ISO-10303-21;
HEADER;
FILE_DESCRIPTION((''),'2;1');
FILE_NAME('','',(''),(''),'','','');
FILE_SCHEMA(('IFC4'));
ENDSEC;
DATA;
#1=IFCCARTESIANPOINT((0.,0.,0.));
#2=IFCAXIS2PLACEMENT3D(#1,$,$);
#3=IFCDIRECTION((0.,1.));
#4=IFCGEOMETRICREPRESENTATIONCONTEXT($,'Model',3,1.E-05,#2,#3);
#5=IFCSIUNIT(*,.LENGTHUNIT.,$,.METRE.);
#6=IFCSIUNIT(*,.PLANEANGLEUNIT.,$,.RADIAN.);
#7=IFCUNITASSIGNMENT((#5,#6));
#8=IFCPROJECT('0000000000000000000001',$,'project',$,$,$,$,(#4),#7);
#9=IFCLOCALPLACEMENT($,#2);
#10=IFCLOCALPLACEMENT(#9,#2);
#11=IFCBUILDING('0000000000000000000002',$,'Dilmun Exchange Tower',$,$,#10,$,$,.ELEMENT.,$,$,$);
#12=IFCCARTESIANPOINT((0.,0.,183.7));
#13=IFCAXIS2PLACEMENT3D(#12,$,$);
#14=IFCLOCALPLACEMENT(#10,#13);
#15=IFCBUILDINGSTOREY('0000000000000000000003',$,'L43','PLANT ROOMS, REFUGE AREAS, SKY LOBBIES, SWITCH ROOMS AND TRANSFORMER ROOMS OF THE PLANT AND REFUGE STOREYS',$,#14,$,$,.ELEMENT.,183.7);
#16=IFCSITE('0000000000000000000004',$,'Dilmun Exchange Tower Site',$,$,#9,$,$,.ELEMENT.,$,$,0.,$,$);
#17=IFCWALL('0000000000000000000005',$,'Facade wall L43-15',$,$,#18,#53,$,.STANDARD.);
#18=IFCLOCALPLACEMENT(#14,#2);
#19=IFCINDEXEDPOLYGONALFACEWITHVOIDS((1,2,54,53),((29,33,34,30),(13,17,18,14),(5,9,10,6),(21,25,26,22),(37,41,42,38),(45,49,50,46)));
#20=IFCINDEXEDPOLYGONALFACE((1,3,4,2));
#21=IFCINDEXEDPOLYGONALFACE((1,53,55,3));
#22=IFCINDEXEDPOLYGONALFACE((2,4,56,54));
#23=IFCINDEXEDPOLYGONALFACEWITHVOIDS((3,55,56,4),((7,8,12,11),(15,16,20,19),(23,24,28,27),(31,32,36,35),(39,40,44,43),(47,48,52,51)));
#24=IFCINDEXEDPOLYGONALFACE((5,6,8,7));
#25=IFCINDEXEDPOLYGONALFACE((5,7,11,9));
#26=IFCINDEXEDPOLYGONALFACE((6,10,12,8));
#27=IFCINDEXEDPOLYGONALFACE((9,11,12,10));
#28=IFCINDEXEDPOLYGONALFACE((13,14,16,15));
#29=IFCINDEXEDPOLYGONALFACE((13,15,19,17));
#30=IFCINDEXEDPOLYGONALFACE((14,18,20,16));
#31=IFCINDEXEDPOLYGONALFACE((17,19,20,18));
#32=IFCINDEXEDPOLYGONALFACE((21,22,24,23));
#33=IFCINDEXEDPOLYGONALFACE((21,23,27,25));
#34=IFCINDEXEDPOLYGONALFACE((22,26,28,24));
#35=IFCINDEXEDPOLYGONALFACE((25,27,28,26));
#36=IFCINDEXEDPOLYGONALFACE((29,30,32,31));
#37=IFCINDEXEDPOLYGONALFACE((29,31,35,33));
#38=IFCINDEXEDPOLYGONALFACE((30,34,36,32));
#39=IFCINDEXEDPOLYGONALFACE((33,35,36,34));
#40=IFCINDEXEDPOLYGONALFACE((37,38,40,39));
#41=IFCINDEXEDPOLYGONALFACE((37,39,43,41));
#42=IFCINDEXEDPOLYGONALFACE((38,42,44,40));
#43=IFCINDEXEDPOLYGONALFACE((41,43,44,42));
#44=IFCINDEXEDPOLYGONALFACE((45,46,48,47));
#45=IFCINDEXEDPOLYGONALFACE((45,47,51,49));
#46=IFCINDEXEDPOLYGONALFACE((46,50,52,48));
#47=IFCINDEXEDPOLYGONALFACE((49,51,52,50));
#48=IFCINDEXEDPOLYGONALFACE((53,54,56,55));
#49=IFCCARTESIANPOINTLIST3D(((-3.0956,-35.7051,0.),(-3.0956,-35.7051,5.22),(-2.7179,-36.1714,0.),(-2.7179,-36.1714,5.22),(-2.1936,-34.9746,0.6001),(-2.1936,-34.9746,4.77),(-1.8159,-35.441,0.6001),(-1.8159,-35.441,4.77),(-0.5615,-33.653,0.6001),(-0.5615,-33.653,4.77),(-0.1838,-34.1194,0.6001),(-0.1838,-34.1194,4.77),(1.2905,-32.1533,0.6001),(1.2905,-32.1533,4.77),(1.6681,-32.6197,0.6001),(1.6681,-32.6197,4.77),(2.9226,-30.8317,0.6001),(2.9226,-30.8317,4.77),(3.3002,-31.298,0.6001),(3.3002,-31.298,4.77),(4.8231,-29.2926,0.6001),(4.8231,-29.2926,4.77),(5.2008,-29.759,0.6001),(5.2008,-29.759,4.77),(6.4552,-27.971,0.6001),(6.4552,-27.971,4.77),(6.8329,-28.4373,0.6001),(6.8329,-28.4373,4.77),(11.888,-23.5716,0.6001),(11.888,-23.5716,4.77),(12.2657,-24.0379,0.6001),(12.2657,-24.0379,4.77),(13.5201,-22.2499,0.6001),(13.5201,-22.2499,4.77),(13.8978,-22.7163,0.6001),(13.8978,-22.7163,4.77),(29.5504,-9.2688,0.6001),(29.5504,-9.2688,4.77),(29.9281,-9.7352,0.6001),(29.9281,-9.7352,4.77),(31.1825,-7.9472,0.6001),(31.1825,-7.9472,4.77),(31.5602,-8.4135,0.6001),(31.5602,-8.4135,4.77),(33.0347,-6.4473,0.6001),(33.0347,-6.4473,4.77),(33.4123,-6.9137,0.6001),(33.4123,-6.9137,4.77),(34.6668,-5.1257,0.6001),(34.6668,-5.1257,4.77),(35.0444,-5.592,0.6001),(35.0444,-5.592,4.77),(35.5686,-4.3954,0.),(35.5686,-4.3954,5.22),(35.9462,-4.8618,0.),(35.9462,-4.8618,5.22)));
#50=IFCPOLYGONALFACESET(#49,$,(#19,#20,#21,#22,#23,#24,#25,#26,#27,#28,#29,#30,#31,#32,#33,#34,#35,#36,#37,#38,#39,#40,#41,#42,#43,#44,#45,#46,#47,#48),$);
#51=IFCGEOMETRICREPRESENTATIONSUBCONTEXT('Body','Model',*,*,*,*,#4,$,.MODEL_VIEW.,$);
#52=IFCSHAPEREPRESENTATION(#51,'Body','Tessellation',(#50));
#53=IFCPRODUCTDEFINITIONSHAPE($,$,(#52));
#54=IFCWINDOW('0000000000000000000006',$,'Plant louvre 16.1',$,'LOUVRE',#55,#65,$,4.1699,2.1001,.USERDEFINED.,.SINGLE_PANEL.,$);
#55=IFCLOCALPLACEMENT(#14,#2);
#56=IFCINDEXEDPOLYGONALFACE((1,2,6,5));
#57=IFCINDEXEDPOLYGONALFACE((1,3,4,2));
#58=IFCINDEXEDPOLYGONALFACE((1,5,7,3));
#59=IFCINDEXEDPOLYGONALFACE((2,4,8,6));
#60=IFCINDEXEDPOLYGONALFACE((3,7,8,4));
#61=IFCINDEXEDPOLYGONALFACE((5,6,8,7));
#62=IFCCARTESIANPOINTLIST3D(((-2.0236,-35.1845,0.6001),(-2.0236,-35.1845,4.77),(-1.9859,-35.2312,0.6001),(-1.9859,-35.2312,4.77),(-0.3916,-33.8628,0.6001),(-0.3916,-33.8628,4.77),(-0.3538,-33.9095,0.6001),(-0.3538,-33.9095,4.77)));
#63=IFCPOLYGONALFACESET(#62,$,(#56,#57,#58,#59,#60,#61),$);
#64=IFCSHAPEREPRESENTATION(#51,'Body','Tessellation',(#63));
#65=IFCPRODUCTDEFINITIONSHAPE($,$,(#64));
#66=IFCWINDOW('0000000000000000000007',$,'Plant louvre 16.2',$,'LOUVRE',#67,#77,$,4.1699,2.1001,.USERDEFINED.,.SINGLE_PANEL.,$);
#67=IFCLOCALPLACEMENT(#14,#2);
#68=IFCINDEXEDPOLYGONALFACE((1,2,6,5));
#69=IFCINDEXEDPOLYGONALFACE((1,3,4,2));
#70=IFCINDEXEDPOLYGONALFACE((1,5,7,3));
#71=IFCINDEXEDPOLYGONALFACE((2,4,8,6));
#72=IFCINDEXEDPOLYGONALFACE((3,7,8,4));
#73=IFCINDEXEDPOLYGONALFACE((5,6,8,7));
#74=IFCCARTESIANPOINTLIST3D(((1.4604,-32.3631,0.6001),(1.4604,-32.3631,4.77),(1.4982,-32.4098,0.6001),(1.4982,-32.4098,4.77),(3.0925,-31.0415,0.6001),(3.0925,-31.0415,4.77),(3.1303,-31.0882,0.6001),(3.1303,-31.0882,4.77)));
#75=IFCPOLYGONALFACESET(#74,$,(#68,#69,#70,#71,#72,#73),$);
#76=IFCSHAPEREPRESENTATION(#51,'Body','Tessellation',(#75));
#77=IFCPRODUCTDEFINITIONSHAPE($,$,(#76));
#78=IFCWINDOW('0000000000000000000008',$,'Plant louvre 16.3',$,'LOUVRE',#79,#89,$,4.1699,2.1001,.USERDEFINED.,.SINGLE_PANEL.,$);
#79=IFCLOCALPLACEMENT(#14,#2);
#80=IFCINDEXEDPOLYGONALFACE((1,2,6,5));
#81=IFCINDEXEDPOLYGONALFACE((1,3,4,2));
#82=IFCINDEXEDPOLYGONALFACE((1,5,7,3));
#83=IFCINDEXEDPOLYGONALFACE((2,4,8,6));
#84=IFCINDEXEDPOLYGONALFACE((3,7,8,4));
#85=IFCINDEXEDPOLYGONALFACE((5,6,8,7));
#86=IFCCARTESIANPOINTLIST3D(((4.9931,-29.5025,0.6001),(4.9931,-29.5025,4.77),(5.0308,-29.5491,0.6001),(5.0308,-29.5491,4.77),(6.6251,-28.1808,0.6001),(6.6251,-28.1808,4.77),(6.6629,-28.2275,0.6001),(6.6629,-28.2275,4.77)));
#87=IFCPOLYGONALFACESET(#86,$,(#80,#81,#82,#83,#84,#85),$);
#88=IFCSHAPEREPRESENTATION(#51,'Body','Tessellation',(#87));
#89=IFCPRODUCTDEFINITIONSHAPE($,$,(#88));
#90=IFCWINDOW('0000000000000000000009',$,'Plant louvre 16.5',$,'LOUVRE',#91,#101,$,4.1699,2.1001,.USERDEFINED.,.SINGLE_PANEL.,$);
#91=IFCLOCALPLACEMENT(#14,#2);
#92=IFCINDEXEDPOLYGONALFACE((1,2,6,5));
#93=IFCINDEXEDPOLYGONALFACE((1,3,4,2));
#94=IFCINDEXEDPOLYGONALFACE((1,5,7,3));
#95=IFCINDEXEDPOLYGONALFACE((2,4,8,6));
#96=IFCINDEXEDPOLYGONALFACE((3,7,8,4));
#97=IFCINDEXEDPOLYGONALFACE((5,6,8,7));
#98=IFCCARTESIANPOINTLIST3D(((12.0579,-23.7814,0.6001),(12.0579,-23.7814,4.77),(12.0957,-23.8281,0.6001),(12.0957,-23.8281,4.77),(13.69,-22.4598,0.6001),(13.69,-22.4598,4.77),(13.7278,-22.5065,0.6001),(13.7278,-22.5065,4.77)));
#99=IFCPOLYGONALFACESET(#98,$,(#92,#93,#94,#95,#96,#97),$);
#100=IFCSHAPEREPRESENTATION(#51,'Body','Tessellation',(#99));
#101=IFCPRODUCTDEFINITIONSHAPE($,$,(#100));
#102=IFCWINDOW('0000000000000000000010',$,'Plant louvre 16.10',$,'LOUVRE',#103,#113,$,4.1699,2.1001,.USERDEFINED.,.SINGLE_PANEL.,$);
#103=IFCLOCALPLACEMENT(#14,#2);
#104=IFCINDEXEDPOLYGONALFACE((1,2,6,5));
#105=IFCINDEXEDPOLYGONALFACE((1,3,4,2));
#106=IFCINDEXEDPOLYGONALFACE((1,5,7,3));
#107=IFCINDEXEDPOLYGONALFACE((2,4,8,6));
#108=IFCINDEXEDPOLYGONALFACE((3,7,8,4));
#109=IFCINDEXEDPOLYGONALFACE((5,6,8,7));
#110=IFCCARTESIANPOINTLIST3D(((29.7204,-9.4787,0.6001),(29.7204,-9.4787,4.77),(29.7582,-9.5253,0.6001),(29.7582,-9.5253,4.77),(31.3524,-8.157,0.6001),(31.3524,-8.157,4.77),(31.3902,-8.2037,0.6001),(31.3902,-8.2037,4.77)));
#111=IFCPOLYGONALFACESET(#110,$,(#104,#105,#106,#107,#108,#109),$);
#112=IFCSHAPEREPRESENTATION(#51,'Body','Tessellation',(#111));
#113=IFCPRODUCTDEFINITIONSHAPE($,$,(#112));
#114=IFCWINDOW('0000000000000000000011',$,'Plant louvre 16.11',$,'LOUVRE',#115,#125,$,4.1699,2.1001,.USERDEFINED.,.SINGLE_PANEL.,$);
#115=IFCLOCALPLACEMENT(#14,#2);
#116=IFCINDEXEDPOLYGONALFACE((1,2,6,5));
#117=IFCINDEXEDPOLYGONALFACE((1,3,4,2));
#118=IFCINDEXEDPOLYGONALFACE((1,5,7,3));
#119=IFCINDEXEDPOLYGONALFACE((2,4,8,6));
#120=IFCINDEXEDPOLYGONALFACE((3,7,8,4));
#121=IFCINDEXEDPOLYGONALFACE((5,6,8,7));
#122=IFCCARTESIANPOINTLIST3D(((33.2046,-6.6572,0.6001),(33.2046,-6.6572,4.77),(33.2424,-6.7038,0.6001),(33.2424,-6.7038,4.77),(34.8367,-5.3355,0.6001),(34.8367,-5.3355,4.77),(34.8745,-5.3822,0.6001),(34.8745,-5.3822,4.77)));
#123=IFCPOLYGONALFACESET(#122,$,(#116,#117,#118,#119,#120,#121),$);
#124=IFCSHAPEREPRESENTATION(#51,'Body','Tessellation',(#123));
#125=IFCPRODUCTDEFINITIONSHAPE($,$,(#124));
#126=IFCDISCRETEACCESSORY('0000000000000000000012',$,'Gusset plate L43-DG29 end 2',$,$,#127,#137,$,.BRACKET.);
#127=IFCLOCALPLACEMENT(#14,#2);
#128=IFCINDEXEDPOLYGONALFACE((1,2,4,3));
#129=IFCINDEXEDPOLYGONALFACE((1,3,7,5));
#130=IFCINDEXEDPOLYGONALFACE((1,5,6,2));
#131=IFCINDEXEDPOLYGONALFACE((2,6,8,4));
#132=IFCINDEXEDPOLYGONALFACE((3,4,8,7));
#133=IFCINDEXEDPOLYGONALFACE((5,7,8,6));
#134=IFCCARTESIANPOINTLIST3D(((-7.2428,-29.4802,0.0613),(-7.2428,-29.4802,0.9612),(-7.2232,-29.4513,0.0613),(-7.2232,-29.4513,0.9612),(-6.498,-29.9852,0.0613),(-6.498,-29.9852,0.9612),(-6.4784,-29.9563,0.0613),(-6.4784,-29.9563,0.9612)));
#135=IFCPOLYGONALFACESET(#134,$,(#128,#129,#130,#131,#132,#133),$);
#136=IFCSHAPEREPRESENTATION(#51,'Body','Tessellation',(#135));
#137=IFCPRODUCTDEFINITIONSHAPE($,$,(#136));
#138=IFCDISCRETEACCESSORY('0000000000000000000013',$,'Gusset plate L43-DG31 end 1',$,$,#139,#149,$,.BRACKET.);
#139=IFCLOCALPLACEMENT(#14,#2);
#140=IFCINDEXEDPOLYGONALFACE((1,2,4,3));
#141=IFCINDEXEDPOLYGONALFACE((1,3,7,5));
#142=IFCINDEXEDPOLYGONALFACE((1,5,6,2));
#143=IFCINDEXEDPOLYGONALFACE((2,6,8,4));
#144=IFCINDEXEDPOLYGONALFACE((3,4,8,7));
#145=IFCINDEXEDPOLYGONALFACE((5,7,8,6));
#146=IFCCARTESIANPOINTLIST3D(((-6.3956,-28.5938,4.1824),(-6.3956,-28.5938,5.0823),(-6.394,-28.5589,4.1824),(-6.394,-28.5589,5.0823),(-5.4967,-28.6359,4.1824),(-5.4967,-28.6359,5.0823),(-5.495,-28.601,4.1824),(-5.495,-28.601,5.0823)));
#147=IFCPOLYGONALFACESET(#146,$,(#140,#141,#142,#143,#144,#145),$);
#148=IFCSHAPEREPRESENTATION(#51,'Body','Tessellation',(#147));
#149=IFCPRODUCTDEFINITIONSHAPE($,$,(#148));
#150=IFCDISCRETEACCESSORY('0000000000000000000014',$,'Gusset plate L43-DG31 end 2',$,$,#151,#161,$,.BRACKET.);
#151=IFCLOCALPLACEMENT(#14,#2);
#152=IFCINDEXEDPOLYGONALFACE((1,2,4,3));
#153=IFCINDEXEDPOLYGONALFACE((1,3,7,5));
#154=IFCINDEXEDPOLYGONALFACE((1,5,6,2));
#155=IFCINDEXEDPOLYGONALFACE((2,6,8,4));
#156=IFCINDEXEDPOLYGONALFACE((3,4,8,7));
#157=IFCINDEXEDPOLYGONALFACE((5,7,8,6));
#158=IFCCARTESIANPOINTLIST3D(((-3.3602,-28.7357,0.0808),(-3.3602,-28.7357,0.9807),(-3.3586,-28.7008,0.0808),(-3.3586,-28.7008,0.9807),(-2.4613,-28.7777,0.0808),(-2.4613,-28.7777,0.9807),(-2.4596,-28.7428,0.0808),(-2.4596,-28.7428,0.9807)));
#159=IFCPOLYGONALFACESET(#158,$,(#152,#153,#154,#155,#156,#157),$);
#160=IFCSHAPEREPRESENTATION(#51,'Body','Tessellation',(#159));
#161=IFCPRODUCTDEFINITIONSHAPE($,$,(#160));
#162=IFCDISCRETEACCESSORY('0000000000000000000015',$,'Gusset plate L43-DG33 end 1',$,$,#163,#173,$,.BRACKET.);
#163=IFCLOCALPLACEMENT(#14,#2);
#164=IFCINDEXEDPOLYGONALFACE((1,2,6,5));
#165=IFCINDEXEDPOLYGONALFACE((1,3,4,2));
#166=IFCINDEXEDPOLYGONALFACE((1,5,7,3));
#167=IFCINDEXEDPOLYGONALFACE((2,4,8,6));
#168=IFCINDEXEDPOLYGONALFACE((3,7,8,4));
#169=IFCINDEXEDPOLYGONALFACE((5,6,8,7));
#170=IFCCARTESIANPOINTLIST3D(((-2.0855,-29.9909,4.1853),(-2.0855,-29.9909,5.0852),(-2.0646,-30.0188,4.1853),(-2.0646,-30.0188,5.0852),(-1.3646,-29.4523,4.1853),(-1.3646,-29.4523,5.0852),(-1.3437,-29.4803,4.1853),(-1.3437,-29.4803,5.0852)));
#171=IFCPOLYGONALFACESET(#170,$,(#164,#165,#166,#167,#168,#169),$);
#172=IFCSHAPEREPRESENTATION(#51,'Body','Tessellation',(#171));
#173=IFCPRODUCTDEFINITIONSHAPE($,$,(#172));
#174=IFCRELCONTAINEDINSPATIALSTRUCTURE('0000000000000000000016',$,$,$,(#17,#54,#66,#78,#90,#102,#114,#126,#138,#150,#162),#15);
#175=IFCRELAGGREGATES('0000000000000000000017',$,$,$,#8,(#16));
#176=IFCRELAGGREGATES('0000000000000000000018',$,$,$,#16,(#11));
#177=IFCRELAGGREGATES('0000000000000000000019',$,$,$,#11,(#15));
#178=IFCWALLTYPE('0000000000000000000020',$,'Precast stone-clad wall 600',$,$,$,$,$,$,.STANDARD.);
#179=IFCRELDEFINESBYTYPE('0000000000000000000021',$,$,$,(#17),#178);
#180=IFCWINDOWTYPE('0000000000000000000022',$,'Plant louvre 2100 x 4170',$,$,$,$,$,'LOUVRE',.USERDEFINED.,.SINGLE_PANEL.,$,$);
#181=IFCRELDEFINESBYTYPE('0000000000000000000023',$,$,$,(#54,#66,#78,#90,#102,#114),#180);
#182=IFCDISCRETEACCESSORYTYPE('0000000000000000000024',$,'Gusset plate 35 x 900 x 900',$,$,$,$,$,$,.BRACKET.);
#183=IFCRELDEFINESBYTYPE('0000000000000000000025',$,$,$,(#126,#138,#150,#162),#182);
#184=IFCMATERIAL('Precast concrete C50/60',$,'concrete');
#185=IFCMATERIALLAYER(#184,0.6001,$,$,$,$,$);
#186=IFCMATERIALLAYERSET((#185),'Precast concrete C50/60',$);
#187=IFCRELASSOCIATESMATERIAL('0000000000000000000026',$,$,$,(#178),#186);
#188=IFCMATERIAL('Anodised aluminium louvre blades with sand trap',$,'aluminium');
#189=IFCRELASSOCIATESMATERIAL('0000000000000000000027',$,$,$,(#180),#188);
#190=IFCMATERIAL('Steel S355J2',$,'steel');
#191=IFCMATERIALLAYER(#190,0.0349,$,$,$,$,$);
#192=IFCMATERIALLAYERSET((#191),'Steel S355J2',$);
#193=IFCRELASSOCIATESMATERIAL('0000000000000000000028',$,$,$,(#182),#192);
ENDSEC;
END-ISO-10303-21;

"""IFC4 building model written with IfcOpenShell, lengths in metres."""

from ifc_helpers import new_model, si_unit, direction, frame, frame_2d, origin, origin_2d, place, context, subcontext, project, spatial, rectangle, extrude, material, layer, layer_set, type_object, element, fill, save


model = new_model("IFC4")

# Units and contexts
model_context = context("Model", 3, precision=1e-05, world=origin(), true_north=direction((0.0, 1.0)))
body_context = subcontext(model_context, "Body", "Model", "MODEL_VIEW")
ifc_project = project(units=[si_unit("LENGTHUNIT", "METRE"), si_unit("PLANEANGLEUNIT", "RADIAN")], contexts=[model_context])

# Site, building, storey
site_placement = place(None, origin())
site = spatial("IfcSite", under=ifc_project, at=site_placement, Name="Dilmun Exchange Tower Site", CompositionType="ELEMENT", RefElevation=0.0)
building_placement = place(site_placement, origin())
building = spatial("IfcBuilding", under=site, at=building_placement, Name="Dilmun Exchange Tower", CompositionType="ELEMENT")
storey_placement = place(building_placement, frame((0.0, 0.0, 183.7)))
storey = spatial("IfcBuildingStorey", under=building, at=storey_placement, Name="L43", Description="PLANT ROOMS, REFUGE AREAS, SKY LOBBIES, SWITCH ROOMS AND TRANSFORMER ROOMS OF THE PLANT AND REFUGE STOREYS", CompositionType="ELEMENT", Elevation=183.7)

# Shared definitions
ifc_material_1 = material(Name="Precast concrete C50/60", Category="concrete")
ifc_layer_1 = layer(ifc_material_1, 0.6001)
ifc_layer_set_1 = layer_set([ifc_layer_1], Name="Precast concrete C50/60")
wall_type = type_object("IfcWallType", Name="Precast stone-clad wall 600", PredefinedType="STANDARD", material=ifc_layer_set_1)
ifc_material_2 = material(Name="Anodised aluminium louvre blades with sand trap", Category="aluminium")

# Wall, openings, windows
wall_1_placement = place(storey_placement, frame((-2.9067, -35.9382, 0.0), z_axis=(0.0, 0.0, 1.0), x_axis=(0.777146, 0.629321, 0.0)))
wall_1 = element("IfcWall", 1, at=wall_1_placement, inside=storey, type_object=wall_type, Name="Facade wall L43-15", PredefinedType="STANDARD", context=body_context, shape_type="SweptSolid", body=[
    extrude(rectangle(XDim=49.7515, YDim=0.6001, at=frame_2d((24.8757, 0.0))), origin(), (0.0, 0.0, 1.0), 5.22),
])
opening_1_placement = place(wall_1_placement, frame((1.1606, 0.0, 0.6001)))
opening_1 = element("IfcOpeningElement", 2, at=opening_1_placement, cuts=wall_1, PredefinedType="OPENING", context=body_context, shape_type="SweptSolid", body=[
    extrude(rectangle(XDim=2.1001, YDim=4.1699, at=frame_2d((1.05, 2.085))), frame((0.0, 0.3101, 0.0), z_axis=(0.0, -1.0, 0.0), x_axis=(1.0, 0.0, 0.0)), (0.0, 0.0, 1.0), 0.6201),
])
opening_2_placement = place(wall_1_placement, frame((5.6438, 0.0, 0.6001)))
opening_2 = element("IfcOpeningElement", 3, at=opening_2_placement, cuts=wall_1, PredefinedType="OPENING", context=body_context, shape_type="SweptSolid", body=[
    extrude(rectangle(XDim=2.1001, YDim=4.1699, at=frame_2d((1.05, 2.085))), frame((0.0, 0.3101, 0.0), z_axis=(0.0, -1.0, 0.0), x_axis=(1.0, 0.0, 0.0)), (0.0, 0.0, 1.0), 0.6201),
])
opening_3_placement = place(wall_1_placement, frame((10.1895, 0.0, 0.6001)))
opening_3 = element("IfcOpeningElement", 4, at=opening_3_placement, cuts=wall_1, PredefinedType="OPENING", context=body_context, shape_type="SweptSolid", body=[
    extrude(rectangle(XDim=2.1001, YDim=4.1699, at=frame_2d((1.05, 2.085))), frame((0.0, 0.3101, 0.0), z_axis=(0.0, -1.0, 0.0), x_axis=(1.0, 0.0, 0.0)), (0.0, 0.0, 1.0), 0.6201),
])
opening_4_placement = place(wall_1_placement, frame((19.2803, 0.0, 0.6001)))
opening_4 = element("IfcOpeningElement", 5, at=opening_4_placement, cuts=wall_1, PredefinedType="OPENING", context=body_context, shape_type="SweptSolid", body=[
    extrude(rectangle(XDim=2.1001, YDim=4.1699, at=frame_2d((1.05, 2.085))), frame((0.0, 0.3101, 0.0), z_axis=(0.0, -1.0, 0.0), x_axis=(1.0, 0.0, 0.0)), (0.0, 0.0, 1.0), 0.6201),
])
opening_5_placement = place(wall_1_placement, frame((42.0076, 0.0, 0.6001)))
opening_5 = element("IfcOpeningElement", 6, at=opening_5_placement, cuts=wall_1, PredefinedType="OPENING", context=body_context, shape_type="SweptSolid", body=[
    extrude(rectangle(XDim=2.1001, YDim=4.1699, at=frame_2d((1.05, 2.085))), frame((0.0, 0.3101, 0.0), z_axis=(0.0, -1.0, 0.0), x_axis=(1.0, 0.0, 0.0)), (0.0, 0.0, 1.0), 0.6201),
])
opening_6_placement = place(wall_1_placement, frame((46.491, 0.0, 0.6001)))
opening_6 = element("IfcOpeningElement", 7, at=opening_6_placement, cuts=wall_1, PredefinedType="OPENING", context=body_context, shape_type="SweptSolid", body=[
    extrude(rectangle(XDim=2.1001, YDim=4.1699, at=frame_2d((1.05, 2.085))), frame((0.0, 0.3101, 0.0), z_axis=(0.0, -1.0, 0.0), x_axis=(1.0, 0.0, 0.0)), (0.0, 0.0, 1.0), 0.6201),
])
window_type_1 = type_object("IfcWindowType", Name="Plant louvre 2100 x 4170", ElementType="LOUVRE", PartitioningType="SINGLE_PANEL", PredefinedType="USERDEFINED", material=ifc_material_2)
window_1_placement = place(opening_1_placement, origin())
window_1 = element("IfcWindow", 8, at=window_1_placement, inside=storey, type_object=window_type_1, Name="Plant louvre 16.1", ObjectType="LOUVRE", OverallHeight=4.1699, OverallWidth=2.1001, PartitioningType="SINGLE_PANEL", PredefinedType="USERDEFINED", context=body_context, shape_type="SweptSolid", body=[
    extrude(rectangle(XDim=2.1001, YDim=4.1699, at=frame_2d((1.05, 2.085))), frame((0.0, 0.03, 0.0), z_axis=(0.0, -1.0, 0.0), x_axis=(1.0, 0.0, 0.0)), (0.0, 0.0, 1.0), 0.0601),
])
fill(opening_1, window_1)
window_2_placement = place(opening_2_placement, origin())
window_2 = element("IfcWindow", 9, at=window_2_placement, inside=storey, type_object=window_type_1, Name="Plant louvre 16.2", ObjectType="LOUVRE", OverallHeight=4.1699, OverallWidth=2.1001, PartitioningType="SINGLE_PANEL", PredefinedType="USERDEFINED", context=body_context, shape_type="SweptSolid", body=[
    extrude(rectangle(XDim=2.1001, YDim=4.1699, at=frame_2d((1.05, 2.085))), frame((0.0, 0.03, 0.0), z_axis=(0.0, -1.0, 0.0), x_axis=(1.0, 0.0, 0.0)), (0.0, 0.0, 1.0), 0.0601),
])
fill(opening_2, window_2)
window_3_placement = place(opening_3_placement, origin())
window_3 = element("IfcWindow", 10, at=window_3_placement, inside=storey, type_object=window_type_1, Name="Plant louvre 16.3", ObjectType="LOUVRE", OverallHeight=4.1699, OverallWidth=2.1001, PartitioningType="SINGLE_PANEL", PredefinedType="USERDEFINED", context=body_context, shape_type="SweptSolid", body=[
    extrude(rectangle(XDim=2.1001, YDim=4.1699, at=frame_2d((1.05, 2.085))), frame((0.0, 0.03, 0.0), z_axis=(0.0, -1.0, 0.0), x_axis=(1.0, 0.0, 0.0)), (0.0, 0.0, 1.0), 0.0601),
])
fill(opening_3, window_3)
window_4_placement = place(opening_4_placement, origin())
window_4 = element("IfcWindow", 11, at=window_4_placement, inside=storey, type_object=window_type_1, Name="Plant louvre 16.5", ObjectType="LOUVRE", OverallHeight=4.1699, OverallWidth=2.1001, PartitioningType="SINGLE_PANEL", PredefinedType="USERDEFINED", context=body_context, shape_type="SweptSolid", body=[
    extrude(rectangle(XDim=2.1001, YDim=4.1699, at=frame_2d((1.05, 2.085))), frame((0.0, 0.03, 0.0), z_axis=(0.0, -1.0, 0.0), x_axis=(1.0, 0.0, 0.0)), (0.0, 0.0, 1.0), 0.0601),
])
fill(opening_4, window_4)
window_5_placement = place(opening_5_placement, origin())
window_5 = element("IfcWindow", 12, at=window_5_placement, inside=storey, type_object=window_type_1, Name="Plant louvre 16.10", ObjectType="LOUVRE", OverallHeight=4.1699, OverallWidth=2.1001, PartitioningType="SINGLE_PANEL", PredefinedType="USERDEFINED", context=body_context, shape_type="SweptSolid", body=[
    extrude(rectangle(XDim=2.1001, YDim=4.1699, at=frame_2d((1.05, 2.085))), frame((0.0, 0.03, 0.0), z_axis=(0.0, -1.0, 0.0), x_axis=(1.0, 0.0, 0.0)), (0.0, 0.0, 1.0), 0.0601),
])
fill(opening_5, window_5)
window_6_placement = place(opening_6_placement, origin())
window_6 = element("IfcWindow", 13, at=window_6_placement, inside=storey, type_object=window_type_1, Name="Plant louvre 16.11", ObjectType="LOUVRE", OverallHeight=4.1699, OverallWidth=2.1001, PartitioningType="SINGLE_PANEL", PredefinedType="USERDEFINED", context=body_context, shape_type="SweptSolid", body=[
    extrude(rectangle(XDim=2.1001, YDim=4.1699, at=frame_2d((1.05, 2.085))), frame((0.0, 0.03, 0.0), z_axis=(0.0, -1.0, 0.0), x_axis=(1.0, 0.0, 0.0)), (0.0, 0.0, 1.0), 0.0601),
])
fill(opening_6, window_6)

# Discrete accessories
ifc_material_3 = material(Name="Steel S355J2", Category="steel")
ifc_layer_2 = layer(ifc_material_3, 0.0349)
ifc_layer_set_2 = layer_set([ifc_layer_2], Name="Steel S355J2")
discrete_accessory_type = type_object("IfcDiscreteAccessoryType", Name="Gusset plate 35 x 900 x 900", PredefinedType="BRACKET", material=ifc_layer_set_2)
for number, where, z_axis, x_axis, name in (
    (14, (-6.8606, -29.7183, 0.0613), (0.0, 0.0, 1.0), (0.827698, -0.561174, 0.0), "Gusset plate L43-DG29 end 2"),
    (15, (-5.9453, -28.5974, 4.1824), (0.0, 0.0, 1.0), (0.998908, -0.046728, 0.0), "Gusset plate L43-DG31 end 1"),
    (16, (-2.9099, -28.7393, 0.0808), (0.0, 0.0, 1.0), (0.998908, -0.046728, 0.0), "Gusset plate L43-DG31 end 2"),
    (17, (-1.7146, -29.7356, 4.1853), (0.0, 0.0, 1.0), (0.801173, 0.598432, 0.0), "Gusset plate L43-DG33 end 1"),
):
    element("IfcDiscreteAccessory", number, at=place(storey_placement, frame(where, z_axis=z_axis, x_axis=x_axis)), inside=storey, type_object=discrete_accessory_type, Name=name, PredefinedType="BRACKET", context=body_context, shape_type="SweptSolid", body=[
        extrude(rectangle(XDim=0.8999, YDim=0.0349, at=origin_2d()), origin(), (0.0, 0.0, 1.0), 0.8999),
    ])

save(model, "model.ifc")
